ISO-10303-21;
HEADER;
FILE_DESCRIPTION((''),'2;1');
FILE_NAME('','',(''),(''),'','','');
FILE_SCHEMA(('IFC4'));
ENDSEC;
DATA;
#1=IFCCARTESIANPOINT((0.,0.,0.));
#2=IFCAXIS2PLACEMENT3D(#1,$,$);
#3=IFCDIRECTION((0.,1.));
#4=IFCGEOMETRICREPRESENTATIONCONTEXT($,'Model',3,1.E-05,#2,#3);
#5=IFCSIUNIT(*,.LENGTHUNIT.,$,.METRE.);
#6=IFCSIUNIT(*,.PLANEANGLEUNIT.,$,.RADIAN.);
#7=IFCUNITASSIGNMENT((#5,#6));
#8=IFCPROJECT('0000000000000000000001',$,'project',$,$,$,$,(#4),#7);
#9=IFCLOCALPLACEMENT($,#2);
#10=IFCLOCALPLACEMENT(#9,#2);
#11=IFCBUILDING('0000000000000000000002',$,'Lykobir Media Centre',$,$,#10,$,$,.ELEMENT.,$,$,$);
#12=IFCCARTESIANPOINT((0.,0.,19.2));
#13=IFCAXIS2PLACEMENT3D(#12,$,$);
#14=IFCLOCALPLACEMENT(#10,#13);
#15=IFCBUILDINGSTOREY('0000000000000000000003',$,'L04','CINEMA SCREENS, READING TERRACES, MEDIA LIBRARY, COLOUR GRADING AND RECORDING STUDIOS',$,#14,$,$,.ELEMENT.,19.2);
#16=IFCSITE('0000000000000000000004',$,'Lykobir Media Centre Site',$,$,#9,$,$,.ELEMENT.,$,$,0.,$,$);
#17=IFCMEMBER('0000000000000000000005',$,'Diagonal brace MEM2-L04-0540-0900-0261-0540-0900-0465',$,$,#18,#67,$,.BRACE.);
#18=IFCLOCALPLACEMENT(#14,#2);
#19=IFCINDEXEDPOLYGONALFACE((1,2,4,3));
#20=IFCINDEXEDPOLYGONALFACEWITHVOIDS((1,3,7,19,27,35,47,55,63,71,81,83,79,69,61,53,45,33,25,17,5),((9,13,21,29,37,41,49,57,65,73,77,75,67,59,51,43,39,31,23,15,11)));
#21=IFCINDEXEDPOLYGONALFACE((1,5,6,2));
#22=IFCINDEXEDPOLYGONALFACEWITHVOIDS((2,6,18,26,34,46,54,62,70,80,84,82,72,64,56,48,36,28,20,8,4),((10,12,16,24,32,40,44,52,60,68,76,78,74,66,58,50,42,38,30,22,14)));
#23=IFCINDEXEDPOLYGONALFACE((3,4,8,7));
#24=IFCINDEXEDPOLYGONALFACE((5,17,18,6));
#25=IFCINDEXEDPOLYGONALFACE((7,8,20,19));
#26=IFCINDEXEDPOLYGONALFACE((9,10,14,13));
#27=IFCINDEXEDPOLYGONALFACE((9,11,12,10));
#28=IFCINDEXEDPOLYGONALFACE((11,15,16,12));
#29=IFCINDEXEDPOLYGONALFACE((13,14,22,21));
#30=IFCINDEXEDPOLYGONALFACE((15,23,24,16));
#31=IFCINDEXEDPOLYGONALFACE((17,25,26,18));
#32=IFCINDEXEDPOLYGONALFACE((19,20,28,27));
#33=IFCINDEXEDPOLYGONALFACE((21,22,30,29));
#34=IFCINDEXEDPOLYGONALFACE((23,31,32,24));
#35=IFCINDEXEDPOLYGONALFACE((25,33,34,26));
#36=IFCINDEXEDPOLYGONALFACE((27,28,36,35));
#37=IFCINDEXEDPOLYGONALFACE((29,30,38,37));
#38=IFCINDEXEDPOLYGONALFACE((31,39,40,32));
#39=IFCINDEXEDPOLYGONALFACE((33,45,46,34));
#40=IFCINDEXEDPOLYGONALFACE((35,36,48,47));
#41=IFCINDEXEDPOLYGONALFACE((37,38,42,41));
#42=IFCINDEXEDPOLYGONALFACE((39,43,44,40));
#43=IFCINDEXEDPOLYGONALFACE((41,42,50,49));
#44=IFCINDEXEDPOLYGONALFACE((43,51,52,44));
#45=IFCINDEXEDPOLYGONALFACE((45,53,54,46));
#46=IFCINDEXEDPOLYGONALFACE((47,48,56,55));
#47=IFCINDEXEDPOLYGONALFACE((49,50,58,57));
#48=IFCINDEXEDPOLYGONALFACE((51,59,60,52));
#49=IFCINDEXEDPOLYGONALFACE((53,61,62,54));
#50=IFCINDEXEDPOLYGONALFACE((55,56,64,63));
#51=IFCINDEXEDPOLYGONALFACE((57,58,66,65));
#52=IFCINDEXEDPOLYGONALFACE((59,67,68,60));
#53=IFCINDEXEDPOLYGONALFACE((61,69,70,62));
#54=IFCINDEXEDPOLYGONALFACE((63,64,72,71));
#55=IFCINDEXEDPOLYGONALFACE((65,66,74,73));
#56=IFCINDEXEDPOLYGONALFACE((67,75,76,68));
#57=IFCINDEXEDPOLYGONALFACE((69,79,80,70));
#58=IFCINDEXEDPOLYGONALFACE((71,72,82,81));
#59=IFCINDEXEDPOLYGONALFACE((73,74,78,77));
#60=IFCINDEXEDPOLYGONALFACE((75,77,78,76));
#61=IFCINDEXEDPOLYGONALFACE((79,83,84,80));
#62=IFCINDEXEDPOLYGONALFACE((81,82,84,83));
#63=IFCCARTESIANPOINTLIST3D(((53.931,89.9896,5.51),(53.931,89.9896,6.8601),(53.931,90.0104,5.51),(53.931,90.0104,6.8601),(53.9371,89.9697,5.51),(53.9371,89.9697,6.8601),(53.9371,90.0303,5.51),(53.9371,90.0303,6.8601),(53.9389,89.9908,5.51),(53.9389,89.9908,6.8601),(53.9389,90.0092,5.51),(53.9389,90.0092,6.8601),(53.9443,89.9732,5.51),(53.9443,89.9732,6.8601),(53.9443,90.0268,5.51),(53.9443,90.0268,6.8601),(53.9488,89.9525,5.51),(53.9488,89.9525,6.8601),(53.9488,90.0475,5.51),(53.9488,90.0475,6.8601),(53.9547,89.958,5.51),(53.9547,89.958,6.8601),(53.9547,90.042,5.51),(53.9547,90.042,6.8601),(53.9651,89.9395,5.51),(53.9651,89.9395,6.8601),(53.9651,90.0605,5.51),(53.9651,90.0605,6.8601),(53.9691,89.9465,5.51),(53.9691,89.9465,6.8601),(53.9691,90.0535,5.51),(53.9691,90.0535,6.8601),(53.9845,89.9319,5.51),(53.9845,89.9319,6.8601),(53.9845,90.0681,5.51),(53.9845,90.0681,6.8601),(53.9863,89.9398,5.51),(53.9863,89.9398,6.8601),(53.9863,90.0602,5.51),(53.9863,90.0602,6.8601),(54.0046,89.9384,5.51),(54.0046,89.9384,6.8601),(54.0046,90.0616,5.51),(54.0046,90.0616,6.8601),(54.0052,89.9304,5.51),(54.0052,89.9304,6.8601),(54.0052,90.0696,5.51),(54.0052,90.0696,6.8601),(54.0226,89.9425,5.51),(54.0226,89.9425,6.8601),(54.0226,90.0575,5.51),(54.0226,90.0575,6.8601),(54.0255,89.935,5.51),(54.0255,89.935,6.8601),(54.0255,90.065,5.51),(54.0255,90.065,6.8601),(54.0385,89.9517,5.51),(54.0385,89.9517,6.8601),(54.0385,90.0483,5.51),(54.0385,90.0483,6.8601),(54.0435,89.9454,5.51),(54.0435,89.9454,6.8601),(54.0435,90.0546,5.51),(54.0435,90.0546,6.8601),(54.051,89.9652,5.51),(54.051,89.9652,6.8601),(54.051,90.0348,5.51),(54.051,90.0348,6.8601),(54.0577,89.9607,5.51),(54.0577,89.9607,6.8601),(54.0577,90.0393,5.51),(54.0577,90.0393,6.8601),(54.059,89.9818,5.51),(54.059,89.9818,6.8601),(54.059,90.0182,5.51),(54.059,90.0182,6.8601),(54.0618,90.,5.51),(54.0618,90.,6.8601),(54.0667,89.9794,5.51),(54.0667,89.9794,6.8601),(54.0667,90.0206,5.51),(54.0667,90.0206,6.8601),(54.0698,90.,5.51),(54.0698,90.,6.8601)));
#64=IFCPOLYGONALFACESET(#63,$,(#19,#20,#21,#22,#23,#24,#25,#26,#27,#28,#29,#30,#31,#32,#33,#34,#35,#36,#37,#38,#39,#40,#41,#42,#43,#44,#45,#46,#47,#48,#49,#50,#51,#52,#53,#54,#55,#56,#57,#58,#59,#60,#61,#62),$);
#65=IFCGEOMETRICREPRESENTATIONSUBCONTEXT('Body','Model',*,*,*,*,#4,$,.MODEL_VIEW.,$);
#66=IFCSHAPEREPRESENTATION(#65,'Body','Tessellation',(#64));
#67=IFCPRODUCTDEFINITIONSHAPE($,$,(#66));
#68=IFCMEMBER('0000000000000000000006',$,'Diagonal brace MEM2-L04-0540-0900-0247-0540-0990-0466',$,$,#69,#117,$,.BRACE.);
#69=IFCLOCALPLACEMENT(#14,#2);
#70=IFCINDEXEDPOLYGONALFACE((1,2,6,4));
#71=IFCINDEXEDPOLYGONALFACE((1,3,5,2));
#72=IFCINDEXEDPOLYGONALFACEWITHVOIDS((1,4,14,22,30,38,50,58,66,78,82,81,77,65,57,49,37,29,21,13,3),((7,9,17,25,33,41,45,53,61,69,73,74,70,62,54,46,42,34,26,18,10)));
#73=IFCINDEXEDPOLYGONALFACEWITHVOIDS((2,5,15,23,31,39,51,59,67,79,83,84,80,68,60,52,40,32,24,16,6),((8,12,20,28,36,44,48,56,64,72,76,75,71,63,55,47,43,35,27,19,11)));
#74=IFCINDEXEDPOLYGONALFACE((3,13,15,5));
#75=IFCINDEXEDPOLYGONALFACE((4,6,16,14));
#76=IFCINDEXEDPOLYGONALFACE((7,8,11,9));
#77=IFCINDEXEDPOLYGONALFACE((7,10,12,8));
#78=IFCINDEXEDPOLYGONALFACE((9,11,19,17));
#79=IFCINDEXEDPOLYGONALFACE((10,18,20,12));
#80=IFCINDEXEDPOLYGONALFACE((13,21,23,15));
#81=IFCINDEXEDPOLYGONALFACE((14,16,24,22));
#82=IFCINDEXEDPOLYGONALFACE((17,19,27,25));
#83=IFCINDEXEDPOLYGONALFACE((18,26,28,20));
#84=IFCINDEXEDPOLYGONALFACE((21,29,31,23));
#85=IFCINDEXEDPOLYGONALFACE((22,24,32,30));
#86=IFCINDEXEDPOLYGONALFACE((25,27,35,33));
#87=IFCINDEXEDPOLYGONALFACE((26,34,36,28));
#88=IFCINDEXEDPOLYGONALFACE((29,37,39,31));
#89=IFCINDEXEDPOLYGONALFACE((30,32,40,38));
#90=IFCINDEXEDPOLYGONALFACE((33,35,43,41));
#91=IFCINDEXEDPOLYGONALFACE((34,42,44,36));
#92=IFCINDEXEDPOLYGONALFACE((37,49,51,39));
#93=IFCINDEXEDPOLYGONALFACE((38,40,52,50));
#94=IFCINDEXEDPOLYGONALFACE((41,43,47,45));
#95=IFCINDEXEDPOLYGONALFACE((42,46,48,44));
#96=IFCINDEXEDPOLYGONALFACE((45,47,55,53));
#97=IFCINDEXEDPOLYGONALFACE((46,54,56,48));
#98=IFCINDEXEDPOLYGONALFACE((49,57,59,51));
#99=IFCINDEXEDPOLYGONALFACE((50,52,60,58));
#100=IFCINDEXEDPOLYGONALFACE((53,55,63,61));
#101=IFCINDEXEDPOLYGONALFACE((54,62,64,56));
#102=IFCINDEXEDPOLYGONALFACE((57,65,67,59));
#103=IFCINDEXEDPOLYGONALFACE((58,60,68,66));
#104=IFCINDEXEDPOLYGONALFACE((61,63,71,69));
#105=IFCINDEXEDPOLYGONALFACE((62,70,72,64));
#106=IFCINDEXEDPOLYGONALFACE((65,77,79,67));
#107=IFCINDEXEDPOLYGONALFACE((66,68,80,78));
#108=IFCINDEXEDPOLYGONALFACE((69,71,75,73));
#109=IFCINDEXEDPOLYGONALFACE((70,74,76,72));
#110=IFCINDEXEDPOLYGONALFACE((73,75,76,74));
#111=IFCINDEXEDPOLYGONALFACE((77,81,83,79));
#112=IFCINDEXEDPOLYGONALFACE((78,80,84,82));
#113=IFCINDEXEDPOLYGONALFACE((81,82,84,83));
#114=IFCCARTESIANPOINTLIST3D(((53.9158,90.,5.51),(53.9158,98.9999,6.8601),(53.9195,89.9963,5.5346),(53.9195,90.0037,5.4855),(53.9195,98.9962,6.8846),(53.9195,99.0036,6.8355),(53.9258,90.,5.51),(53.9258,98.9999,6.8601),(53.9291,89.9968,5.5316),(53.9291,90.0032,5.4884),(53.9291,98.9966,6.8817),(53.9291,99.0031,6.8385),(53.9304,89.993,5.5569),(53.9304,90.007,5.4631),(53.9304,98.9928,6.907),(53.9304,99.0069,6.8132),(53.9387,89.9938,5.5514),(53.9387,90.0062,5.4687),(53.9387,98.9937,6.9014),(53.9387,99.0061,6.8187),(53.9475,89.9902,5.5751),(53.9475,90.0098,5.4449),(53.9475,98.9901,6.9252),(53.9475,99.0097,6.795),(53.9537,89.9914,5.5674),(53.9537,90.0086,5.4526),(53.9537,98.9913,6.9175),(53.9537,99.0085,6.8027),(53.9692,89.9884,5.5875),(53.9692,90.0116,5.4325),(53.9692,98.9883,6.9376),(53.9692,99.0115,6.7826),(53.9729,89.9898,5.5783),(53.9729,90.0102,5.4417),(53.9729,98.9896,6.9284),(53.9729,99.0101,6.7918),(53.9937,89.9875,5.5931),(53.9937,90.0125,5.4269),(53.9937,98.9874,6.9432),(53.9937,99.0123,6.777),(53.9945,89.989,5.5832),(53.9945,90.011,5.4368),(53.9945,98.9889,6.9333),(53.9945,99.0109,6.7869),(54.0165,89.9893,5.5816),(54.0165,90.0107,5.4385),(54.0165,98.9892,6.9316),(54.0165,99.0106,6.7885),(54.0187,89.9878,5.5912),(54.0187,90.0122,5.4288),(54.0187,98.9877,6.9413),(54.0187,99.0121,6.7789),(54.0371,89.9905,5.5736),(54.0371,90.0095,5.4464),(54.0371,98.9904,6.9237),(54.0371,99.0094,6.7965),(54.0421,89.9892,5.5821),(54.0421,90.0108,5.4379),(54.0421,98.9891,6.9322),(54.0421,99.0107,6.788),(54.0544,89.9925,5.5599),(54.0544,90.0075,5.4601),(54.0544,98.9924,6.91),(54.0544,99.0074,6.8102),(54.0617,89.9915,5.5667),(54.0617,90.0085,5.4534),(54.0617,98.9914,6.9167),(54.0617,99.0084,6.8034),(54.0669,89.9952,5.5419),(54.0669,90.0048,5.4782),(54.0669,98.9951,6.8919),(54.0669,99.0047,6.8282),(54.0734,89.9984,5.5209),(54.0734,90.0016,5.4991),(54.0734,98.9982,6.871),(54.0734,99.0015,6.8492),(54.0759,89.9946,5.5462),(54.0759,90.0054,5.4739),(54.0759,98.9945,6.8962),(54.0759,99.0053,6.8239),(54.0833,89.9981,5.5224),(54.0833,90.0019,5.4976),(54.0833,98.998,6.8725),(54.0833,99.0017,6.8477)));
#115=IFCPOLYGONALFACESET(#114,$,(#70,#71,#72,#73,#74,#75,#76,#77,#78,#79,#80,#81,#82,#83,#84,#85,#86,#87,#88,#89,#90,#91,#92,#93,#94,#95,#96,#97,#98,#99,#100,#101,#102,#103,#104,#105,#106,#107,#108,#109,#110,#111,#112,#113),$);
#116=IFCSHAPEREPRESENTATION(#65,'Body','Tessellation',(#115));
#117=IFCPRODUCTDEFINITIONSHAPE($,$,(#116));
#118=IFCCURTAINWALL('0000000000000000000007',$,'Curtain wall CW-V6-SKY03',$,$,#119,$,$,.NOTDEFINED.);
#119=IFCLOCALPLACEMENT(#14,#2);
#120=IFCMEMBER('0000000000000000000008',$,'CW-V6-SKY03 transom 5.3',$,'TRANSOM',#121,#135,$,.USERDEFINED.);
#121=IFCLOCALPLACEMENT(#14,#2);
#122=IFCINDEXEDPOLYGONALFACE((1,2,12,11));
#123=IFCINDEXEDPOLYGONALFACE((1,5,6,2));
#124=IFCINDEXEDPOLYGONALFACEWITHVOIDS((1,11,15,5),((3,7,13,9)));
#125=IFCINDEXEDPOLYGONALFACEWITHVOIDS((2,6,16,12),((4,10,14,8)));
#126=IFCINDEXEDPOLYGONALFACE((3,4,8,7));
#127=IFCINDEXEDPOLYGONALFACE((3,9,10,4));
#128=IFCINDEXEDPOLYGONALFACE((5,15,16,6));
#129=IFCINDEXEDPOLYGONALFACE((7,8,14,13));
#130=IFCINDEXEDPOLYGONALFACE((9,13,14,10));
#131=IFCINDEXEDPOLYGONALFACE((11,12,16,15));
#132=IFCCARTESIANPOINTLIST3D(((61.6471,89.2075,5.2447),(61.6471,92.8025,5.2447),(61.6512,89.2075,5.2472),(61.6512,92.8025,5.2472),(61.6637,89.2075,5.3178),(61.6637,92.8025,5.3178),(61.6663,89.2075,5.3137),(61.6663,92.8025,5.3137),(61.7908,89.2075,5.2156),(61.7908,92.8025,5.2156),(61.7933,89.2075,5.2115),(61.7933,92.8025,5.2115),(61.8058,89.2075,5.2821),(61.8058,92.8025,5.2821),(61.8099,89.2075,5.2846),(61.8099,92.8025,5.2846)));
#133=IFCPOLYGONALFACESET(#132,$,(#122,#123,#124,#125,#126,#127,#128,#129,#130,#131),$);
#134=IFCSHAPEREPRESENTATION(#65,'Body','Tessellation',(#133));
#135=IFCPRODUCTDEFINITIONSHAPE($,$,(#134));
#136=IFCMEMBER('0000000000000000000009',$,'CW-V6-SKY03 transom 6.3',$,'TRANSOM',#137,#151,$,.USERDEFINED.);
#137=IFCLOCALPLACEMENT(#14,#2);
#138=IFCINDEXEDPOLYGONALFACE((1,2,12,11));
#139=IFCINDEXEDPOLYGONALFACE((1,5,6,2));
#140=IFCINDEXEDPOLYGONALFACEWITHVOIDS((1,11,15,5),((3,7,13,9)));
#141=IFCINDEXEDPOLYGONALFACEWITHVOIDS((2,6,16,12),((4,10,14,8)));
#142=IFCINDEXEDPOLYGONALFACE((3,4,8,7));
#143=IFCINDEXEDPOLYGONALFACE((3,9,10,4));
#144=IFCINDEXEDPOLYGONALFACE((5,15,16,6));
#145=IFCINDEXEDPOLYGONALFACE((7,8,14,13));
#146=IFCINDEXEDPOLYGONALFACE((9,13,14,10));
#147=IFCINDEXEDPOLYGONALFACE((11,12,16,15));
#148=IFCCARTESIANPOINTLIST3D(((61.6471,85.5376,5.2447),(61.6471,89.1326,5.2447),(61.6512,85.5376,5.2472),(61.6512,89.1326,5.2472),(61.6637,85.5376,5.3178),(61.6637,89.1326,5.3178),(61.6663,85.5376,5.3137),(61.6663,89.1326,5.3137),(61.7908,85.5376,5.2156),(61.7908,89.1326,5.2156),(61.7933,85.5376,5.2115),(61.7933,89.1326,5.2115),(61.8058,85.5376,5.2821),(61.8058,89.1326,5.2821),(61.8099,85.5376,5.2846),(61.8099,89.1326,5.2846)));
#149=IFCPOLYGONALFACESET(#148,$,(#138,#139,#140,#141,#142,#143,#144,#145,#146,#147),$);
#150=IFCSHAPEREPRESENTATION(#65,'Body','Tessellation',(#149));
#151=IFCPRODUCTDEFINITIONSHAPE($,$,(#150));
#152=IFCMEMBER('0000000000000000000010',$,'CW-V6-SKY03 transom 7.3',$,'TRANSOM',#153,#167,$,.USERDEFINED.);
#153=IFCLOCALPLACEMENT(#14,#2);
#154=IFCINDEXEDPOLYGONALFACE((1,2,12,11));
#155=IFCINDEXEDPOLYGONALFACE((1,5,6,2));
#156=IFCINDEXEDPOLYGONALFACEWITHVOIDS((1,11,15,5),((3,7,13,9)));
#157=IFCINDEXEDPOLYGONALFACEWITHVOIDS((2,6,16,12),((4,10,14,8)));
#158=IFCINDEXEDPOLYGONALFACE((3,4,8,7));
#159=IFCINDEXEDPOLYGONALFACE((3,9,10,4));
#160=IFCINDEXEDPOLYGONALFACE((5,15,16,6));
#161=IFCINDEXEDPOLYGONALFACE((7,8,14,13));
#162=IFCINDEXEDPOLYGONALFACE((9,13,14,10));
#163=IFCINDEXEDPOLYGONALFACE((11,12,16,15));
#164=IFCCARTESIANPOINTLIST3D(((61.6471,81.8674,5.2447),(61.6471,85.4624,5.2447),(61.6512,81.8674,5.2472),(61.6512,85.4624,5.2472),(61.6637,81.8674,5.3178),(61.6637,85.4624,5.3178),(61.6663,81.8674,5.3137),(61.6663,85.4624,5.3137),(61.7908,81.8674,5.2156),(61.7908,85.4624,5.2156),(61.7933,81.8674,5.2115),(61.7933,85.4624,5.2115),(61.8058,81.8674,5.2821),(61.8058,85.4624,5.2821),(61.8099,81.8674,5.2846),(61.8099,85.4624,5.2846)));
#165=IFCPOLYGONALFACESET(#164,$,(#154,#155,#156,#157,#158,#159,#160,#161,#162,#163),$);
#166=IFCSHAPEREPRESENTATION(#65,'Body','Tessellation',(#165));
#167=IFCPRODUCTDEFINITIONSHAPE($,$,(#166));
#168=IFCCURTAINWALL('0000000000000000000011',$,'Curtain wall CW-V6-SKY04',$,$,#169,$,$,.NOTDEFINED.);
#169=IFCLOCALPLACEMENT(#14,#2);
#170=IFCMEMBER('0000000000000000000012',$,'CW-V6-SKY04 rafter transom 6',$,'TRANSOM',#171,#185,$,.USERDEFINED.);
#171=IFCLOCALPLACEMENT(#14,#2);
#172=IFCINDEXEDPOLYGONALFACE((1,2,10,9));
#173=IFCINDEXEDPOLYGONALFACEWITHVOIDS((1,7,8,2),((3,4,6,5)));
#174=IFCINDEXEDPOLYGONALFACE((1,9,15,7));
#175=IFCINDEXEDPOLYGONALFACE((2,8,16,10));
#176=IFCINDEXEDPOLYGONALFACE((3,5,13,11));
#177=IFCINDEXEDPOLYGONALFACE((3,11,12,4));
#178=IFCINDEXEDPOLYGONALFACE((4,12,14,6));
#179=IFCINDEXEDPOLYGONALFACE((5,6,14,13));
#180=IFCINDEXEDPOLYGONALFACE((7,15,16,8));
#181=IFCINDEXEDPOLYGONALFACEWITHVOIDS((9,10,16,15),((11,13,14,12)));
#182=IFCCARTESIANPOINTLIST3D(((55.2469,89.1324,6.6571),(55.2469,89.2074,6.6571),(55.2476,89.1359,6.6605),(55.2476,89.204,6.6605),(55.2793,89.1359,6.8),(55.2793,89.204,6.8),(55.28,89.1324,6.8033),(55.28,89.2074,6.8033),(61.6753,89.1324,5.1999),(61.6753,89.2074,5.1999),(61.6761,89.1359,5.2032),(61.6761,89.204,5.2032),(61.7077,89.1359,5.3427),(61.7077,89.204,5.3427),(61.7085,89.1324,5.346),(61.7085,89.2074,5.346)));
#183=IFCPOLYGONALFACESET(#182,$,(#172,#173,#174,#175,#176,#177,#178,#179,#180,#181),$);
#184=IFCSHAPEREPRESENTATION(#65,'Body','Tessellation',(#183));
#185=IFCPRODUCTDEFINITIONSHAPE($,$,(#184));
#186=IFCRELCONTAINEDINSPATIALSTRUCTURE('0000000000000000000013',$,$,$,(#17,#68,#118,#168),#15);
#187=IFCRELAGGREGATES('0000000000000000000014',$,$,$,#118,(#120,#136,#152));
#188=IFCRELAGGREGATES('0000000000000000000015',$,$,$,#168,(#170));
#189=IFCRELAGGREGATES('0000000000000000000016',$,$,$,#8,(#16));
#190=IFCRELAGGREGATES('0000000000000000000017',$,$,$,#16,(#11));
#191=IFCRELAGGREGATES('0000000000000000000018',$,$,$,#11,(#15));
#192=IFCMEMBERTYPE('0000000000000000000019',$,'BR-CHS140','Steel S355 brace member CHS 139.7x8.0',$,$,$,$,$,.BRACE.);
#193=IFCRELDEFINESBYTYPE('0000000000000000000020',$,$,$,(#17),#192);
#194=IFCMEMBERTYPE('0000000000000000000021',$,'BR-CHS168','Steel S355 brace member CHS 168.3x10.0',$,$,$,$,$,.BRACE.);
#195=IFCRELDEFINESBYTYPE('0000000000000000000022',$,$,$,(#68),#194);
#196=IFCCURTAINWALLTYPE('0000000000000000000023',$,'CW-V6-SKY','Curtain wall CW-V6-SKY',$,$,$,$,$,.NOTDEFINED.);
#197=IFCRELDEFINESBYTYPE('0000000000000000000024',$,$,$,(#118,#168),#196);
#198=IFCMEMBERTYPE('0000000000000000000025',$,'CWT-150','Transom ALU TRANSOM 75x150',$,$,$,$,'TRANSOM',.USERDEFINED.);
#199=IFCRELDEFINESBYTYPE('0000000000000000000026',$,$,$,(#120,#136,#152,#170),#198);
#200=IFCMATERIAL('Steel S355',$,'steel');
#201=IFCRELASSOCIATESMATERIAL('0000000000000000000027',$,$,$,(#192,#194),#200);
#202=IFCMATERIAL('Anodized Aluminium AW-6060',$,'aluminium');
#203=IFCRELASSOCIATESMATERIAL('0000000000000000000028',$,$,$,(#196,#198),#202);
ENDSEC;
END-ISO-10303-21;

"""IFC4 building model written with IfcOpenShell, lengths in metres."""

from ifc_helpers import new_model, si_unit, direction, frame, origin, origin_2d, place, context, subcontext, project, spatial, hollow_rectangle, hollow_circle, extrude, material, material_profile, profile_set, type_object, element, aggregate, save


model = new_model("IFC4")

# Units and contexts
model_context = context("Model", 3, precision=1e-05, world=origin(), true_north=direction((0.0, 1.0)))
body_context = subcontext(model_context, "Body", "Model", "MODEL_VIEW")
ifc_project = project(units=[si_unit("LENGTHUNIT", "METRE"), si_unit("PLANEANGLEUNIT", "RADIAN")], contexts=[model_context])

# Site, building, storey
site_placement = place(None, origin())
site = spatial("IfcSite", under=ifc_project, at=site_placement, Name="Lykobir Media Centre Site", CompositionType="ELEMENT", RefElevation=0.0)
building_placement = place(site_placement, origin())
building = spatial("IfcBuilding", under=site, at=building_placement, Name="Lykobir Media Centre", CompositionType="ELEMENT")
storey_placement = place(building_placement, frame((0.0, 0.0, 19.2)))
storey = spatial("IfcBuildingStorey", under=building, at=storey_placement, Name="L04", Description="CINEMA SCREENS, READING TERRACES, MEDIA LIBRARY, COLOUR GRADING AND RECORDING STUDIOS", CompositionType="ELEMENT", Elevation=19.2)

# Members
ifc_material_1 = material(Name="Steel S355", Category="steel")
ifc_material_profile_1 = material_profile(ifc_material_1, hollow_circle(Radius=0.0698, WallThickness=0.0081, at=origin_2d()), Name="CHS 139.7x8.0")
ifc_profile_set_1 = profile_set([ifc_material_profile_1], Name="Steel S355")
member_type_1 = type_object("IfcMemberType", Name="BR-CHS140", Description="Steel S355 brace member CHS 139.7x8.0", PredefinedType="BRACE", material=ifc_profile_set_1)
member_1_placement = place(storey_placement, frame((54.0, 90.0, 6.8601), z_axis=(0.0, 0.0, -1.0), x_axis=(1.0, 0.0, 0.0)))
element("IfcMember", 1, at=member_1_placement, inside=storey, type_object=member_type_1, Name="Diagonal brace MEM2-L04-0540-0900-0261-0540-0900-0465", PredefinedType="BRACE", context=body_context, shape_type="SweptSolid", body=[
    extrude(hollow_circle(Radius=0.0698, WallThickness=0.0081, at=origin_2d()), origin(), (0.0, 0.0, 1.0), 1.3501),
])
ifc_material_profile_2 = material_profile(ifc_material_1, hollow_circle(Radius=0.0842, WallThickness=0.01, at=origin_2d()), Name="CHS 168.3x10.0")
ifc_profile_set_2 = profile_set([ifc_material_profile_2], Name="Steel S355")
member_type_2 = type_object("IfcMemberType", Name="BR-CHS168", Description="Steel S355 brace member CHS 168.3x10.0", PredefinedType="BRACE", material=ifc_profile_set_2)
member_2_placement = place(storey_placement, frame((54.0, 90.0, 5.51), z_axis=(0.0, 0.988935, 0.148351), x_axis=(-1.0, 0.0, 0.0)))
element("IfcMember", 2, at=member_2_placement, inside=storey, type_object=member_type_2, Name="Diagonal brace MEM2-L04-0540-0900-0247-0540-0990-0466", PredefinedType="BRACE", context=body_context, shape_type="SweptSolid", body=[
    extrude(hollow_circle(Radius=0.0842, WallThickness=0.01, at=origin_2d()), origin(), (0.0, 0.0, 1.0), 9.1006),
])

# Curtain walls, members
ifc_material_2 = material(Name="Anodized Aluminium AW-6060", Category="aluminium")
curtain_wall_type = type_object("IfcCurtainWallType", Name="CW-V6-SKY", Description="Curtain wall CW-V6-SKY", PredefinedType="NOTDEFINED", material=ifc_material_2)
curtain_wall_1_placement = place(storey_placement, origin())
curtain_wall_1 = element("IfcCurtainWall", 3, at=curtain_wall_1_placement, inside=storey, type_object=curtain_wall_type, Name="Curtain wall CW-V6-SKY03", PredefinedType="NOTDEFINED")
ifc_material_profile_3 = material_profile(ifc_material_2, hollow_rectangle(XDim=0.075, YDim=0.1499, WallThickness=0.0034, at=origin_2d()), Name="ALU TRANSOM 75x150")
ifc_profile_set_3 = profile_set([ifc_material_profile_3], Name="Anodized Aluminium AW-6060")
member_type_3 = type_object("IfcMemberType", Name="CWT-150", Description="Transom ALU TRANSOM 75x150", ElementType="TRANSOM", PredefinedType="USERDEFINED", material=ifc_profile_set_3)
member_3_placement = place(storey_placement, frame((61.7285, 92.8025, 5.2646), z_axis=(0.0, -1.0, 0.0), x_axis=(0.221055, 0.0, 0.975261)))
member_3 = element("IfcMember", 4, at=member_3_placement, type_object=member_type_3, Name="CW-V6-SKY03 transom 5.3", ObjectType="TRANSOM", PredefinedType="USERDEFINED", context=body_context, shape_type="SweptSolid", body=[
    extrude(hollow_rectangle(XDim=0.075, YDim=0.1499, WallThickness=0.0034, at=origin_2d()), origin(), (0.0, 0.0, 1.0), 3.595),
])
member_4_placement = place(storey_placement, frame((61.7285, 89.1326, 5.2646), z_axis=(0.0, -1.0, 0.0), x_axis=(0.221055, 0.0, 0.975261)))
member_4 = element("IfcMember", 5, at=member_4_placement, type_object=member_type_3, Name="CW-V6-SKY03 transom 6.3", ObjectType="TRANSOM", PredefinedType="USERDEFINED", context=body_context, shape_type="SweptSolid", body=[
    extrude(hollow_rectangle(XDim=0.075, YDim=0.1499, WallThickness=0.0034, at=origin_2d()), origin(), (0.0, 0.0, 1.0), 3.595),
])
member_5_placement = place(storey_placement, frame((61.7285, 85.4624, 5.2646), z_axis=(0.0, -1.0, 0.0), x_axis=(0.221055, 0.0, 0.975261)))
member_5 = element("IfcMember", 6, at=member_5_placement, type_object=member_type_3, Name="CW-V6-SKY03 transom 7.3", ObjectType="TRANSOM", PredefinedType="USERDEFINED", context=body_context, shape_type="SweptSolid", body=[
    extrude(hollow_rectangle(XDim=0.075, YDim=0.1499, WallThickness=0.0034, at=origin_2d()), origin(), (0.0, 0.0, 1.0), 3.595),
])
aggregate(curtain_wall_1, [member_3, member_4, member_5])
curtain_wall_2_placement = place(storey_placement, origin())
curtain_wall_2 = element("IfcCurtainWall", 7, at=curtain_wall_2_placement, inside=storey, type_object=curtain_wall_type, Name="Curtain wall CW-V6-SKY04", PredefinedType="NOTDEFINED")
member_6_placement = place(storey_placement, frame((61.6919, 89.1699, 5.2729), z_axis=(-0.975255, 0.0, 0.221082), x_axis=(0.0, -1.0, 0.0)))
member_6 = element("IfcMember", 8, at=member_6_placement, type_object=member_type_3, Name="CW-V6-SKY04 rafter transom 6", ObjectType="TRANSOM", PredefinedType="USERDEFINED", context=body_context, shape_type="SweptSolid", body=[
    extrude(hollow_rectangle(XDim=0.075, YDim=0.1499, WallThickness=0.0034, at=origin_2d()), origin(), (0.0, 0.0, 1.0), 6.5916),
])

aggregate(curtain_wall_2, [member_6])

save(model, "model.ifc")
